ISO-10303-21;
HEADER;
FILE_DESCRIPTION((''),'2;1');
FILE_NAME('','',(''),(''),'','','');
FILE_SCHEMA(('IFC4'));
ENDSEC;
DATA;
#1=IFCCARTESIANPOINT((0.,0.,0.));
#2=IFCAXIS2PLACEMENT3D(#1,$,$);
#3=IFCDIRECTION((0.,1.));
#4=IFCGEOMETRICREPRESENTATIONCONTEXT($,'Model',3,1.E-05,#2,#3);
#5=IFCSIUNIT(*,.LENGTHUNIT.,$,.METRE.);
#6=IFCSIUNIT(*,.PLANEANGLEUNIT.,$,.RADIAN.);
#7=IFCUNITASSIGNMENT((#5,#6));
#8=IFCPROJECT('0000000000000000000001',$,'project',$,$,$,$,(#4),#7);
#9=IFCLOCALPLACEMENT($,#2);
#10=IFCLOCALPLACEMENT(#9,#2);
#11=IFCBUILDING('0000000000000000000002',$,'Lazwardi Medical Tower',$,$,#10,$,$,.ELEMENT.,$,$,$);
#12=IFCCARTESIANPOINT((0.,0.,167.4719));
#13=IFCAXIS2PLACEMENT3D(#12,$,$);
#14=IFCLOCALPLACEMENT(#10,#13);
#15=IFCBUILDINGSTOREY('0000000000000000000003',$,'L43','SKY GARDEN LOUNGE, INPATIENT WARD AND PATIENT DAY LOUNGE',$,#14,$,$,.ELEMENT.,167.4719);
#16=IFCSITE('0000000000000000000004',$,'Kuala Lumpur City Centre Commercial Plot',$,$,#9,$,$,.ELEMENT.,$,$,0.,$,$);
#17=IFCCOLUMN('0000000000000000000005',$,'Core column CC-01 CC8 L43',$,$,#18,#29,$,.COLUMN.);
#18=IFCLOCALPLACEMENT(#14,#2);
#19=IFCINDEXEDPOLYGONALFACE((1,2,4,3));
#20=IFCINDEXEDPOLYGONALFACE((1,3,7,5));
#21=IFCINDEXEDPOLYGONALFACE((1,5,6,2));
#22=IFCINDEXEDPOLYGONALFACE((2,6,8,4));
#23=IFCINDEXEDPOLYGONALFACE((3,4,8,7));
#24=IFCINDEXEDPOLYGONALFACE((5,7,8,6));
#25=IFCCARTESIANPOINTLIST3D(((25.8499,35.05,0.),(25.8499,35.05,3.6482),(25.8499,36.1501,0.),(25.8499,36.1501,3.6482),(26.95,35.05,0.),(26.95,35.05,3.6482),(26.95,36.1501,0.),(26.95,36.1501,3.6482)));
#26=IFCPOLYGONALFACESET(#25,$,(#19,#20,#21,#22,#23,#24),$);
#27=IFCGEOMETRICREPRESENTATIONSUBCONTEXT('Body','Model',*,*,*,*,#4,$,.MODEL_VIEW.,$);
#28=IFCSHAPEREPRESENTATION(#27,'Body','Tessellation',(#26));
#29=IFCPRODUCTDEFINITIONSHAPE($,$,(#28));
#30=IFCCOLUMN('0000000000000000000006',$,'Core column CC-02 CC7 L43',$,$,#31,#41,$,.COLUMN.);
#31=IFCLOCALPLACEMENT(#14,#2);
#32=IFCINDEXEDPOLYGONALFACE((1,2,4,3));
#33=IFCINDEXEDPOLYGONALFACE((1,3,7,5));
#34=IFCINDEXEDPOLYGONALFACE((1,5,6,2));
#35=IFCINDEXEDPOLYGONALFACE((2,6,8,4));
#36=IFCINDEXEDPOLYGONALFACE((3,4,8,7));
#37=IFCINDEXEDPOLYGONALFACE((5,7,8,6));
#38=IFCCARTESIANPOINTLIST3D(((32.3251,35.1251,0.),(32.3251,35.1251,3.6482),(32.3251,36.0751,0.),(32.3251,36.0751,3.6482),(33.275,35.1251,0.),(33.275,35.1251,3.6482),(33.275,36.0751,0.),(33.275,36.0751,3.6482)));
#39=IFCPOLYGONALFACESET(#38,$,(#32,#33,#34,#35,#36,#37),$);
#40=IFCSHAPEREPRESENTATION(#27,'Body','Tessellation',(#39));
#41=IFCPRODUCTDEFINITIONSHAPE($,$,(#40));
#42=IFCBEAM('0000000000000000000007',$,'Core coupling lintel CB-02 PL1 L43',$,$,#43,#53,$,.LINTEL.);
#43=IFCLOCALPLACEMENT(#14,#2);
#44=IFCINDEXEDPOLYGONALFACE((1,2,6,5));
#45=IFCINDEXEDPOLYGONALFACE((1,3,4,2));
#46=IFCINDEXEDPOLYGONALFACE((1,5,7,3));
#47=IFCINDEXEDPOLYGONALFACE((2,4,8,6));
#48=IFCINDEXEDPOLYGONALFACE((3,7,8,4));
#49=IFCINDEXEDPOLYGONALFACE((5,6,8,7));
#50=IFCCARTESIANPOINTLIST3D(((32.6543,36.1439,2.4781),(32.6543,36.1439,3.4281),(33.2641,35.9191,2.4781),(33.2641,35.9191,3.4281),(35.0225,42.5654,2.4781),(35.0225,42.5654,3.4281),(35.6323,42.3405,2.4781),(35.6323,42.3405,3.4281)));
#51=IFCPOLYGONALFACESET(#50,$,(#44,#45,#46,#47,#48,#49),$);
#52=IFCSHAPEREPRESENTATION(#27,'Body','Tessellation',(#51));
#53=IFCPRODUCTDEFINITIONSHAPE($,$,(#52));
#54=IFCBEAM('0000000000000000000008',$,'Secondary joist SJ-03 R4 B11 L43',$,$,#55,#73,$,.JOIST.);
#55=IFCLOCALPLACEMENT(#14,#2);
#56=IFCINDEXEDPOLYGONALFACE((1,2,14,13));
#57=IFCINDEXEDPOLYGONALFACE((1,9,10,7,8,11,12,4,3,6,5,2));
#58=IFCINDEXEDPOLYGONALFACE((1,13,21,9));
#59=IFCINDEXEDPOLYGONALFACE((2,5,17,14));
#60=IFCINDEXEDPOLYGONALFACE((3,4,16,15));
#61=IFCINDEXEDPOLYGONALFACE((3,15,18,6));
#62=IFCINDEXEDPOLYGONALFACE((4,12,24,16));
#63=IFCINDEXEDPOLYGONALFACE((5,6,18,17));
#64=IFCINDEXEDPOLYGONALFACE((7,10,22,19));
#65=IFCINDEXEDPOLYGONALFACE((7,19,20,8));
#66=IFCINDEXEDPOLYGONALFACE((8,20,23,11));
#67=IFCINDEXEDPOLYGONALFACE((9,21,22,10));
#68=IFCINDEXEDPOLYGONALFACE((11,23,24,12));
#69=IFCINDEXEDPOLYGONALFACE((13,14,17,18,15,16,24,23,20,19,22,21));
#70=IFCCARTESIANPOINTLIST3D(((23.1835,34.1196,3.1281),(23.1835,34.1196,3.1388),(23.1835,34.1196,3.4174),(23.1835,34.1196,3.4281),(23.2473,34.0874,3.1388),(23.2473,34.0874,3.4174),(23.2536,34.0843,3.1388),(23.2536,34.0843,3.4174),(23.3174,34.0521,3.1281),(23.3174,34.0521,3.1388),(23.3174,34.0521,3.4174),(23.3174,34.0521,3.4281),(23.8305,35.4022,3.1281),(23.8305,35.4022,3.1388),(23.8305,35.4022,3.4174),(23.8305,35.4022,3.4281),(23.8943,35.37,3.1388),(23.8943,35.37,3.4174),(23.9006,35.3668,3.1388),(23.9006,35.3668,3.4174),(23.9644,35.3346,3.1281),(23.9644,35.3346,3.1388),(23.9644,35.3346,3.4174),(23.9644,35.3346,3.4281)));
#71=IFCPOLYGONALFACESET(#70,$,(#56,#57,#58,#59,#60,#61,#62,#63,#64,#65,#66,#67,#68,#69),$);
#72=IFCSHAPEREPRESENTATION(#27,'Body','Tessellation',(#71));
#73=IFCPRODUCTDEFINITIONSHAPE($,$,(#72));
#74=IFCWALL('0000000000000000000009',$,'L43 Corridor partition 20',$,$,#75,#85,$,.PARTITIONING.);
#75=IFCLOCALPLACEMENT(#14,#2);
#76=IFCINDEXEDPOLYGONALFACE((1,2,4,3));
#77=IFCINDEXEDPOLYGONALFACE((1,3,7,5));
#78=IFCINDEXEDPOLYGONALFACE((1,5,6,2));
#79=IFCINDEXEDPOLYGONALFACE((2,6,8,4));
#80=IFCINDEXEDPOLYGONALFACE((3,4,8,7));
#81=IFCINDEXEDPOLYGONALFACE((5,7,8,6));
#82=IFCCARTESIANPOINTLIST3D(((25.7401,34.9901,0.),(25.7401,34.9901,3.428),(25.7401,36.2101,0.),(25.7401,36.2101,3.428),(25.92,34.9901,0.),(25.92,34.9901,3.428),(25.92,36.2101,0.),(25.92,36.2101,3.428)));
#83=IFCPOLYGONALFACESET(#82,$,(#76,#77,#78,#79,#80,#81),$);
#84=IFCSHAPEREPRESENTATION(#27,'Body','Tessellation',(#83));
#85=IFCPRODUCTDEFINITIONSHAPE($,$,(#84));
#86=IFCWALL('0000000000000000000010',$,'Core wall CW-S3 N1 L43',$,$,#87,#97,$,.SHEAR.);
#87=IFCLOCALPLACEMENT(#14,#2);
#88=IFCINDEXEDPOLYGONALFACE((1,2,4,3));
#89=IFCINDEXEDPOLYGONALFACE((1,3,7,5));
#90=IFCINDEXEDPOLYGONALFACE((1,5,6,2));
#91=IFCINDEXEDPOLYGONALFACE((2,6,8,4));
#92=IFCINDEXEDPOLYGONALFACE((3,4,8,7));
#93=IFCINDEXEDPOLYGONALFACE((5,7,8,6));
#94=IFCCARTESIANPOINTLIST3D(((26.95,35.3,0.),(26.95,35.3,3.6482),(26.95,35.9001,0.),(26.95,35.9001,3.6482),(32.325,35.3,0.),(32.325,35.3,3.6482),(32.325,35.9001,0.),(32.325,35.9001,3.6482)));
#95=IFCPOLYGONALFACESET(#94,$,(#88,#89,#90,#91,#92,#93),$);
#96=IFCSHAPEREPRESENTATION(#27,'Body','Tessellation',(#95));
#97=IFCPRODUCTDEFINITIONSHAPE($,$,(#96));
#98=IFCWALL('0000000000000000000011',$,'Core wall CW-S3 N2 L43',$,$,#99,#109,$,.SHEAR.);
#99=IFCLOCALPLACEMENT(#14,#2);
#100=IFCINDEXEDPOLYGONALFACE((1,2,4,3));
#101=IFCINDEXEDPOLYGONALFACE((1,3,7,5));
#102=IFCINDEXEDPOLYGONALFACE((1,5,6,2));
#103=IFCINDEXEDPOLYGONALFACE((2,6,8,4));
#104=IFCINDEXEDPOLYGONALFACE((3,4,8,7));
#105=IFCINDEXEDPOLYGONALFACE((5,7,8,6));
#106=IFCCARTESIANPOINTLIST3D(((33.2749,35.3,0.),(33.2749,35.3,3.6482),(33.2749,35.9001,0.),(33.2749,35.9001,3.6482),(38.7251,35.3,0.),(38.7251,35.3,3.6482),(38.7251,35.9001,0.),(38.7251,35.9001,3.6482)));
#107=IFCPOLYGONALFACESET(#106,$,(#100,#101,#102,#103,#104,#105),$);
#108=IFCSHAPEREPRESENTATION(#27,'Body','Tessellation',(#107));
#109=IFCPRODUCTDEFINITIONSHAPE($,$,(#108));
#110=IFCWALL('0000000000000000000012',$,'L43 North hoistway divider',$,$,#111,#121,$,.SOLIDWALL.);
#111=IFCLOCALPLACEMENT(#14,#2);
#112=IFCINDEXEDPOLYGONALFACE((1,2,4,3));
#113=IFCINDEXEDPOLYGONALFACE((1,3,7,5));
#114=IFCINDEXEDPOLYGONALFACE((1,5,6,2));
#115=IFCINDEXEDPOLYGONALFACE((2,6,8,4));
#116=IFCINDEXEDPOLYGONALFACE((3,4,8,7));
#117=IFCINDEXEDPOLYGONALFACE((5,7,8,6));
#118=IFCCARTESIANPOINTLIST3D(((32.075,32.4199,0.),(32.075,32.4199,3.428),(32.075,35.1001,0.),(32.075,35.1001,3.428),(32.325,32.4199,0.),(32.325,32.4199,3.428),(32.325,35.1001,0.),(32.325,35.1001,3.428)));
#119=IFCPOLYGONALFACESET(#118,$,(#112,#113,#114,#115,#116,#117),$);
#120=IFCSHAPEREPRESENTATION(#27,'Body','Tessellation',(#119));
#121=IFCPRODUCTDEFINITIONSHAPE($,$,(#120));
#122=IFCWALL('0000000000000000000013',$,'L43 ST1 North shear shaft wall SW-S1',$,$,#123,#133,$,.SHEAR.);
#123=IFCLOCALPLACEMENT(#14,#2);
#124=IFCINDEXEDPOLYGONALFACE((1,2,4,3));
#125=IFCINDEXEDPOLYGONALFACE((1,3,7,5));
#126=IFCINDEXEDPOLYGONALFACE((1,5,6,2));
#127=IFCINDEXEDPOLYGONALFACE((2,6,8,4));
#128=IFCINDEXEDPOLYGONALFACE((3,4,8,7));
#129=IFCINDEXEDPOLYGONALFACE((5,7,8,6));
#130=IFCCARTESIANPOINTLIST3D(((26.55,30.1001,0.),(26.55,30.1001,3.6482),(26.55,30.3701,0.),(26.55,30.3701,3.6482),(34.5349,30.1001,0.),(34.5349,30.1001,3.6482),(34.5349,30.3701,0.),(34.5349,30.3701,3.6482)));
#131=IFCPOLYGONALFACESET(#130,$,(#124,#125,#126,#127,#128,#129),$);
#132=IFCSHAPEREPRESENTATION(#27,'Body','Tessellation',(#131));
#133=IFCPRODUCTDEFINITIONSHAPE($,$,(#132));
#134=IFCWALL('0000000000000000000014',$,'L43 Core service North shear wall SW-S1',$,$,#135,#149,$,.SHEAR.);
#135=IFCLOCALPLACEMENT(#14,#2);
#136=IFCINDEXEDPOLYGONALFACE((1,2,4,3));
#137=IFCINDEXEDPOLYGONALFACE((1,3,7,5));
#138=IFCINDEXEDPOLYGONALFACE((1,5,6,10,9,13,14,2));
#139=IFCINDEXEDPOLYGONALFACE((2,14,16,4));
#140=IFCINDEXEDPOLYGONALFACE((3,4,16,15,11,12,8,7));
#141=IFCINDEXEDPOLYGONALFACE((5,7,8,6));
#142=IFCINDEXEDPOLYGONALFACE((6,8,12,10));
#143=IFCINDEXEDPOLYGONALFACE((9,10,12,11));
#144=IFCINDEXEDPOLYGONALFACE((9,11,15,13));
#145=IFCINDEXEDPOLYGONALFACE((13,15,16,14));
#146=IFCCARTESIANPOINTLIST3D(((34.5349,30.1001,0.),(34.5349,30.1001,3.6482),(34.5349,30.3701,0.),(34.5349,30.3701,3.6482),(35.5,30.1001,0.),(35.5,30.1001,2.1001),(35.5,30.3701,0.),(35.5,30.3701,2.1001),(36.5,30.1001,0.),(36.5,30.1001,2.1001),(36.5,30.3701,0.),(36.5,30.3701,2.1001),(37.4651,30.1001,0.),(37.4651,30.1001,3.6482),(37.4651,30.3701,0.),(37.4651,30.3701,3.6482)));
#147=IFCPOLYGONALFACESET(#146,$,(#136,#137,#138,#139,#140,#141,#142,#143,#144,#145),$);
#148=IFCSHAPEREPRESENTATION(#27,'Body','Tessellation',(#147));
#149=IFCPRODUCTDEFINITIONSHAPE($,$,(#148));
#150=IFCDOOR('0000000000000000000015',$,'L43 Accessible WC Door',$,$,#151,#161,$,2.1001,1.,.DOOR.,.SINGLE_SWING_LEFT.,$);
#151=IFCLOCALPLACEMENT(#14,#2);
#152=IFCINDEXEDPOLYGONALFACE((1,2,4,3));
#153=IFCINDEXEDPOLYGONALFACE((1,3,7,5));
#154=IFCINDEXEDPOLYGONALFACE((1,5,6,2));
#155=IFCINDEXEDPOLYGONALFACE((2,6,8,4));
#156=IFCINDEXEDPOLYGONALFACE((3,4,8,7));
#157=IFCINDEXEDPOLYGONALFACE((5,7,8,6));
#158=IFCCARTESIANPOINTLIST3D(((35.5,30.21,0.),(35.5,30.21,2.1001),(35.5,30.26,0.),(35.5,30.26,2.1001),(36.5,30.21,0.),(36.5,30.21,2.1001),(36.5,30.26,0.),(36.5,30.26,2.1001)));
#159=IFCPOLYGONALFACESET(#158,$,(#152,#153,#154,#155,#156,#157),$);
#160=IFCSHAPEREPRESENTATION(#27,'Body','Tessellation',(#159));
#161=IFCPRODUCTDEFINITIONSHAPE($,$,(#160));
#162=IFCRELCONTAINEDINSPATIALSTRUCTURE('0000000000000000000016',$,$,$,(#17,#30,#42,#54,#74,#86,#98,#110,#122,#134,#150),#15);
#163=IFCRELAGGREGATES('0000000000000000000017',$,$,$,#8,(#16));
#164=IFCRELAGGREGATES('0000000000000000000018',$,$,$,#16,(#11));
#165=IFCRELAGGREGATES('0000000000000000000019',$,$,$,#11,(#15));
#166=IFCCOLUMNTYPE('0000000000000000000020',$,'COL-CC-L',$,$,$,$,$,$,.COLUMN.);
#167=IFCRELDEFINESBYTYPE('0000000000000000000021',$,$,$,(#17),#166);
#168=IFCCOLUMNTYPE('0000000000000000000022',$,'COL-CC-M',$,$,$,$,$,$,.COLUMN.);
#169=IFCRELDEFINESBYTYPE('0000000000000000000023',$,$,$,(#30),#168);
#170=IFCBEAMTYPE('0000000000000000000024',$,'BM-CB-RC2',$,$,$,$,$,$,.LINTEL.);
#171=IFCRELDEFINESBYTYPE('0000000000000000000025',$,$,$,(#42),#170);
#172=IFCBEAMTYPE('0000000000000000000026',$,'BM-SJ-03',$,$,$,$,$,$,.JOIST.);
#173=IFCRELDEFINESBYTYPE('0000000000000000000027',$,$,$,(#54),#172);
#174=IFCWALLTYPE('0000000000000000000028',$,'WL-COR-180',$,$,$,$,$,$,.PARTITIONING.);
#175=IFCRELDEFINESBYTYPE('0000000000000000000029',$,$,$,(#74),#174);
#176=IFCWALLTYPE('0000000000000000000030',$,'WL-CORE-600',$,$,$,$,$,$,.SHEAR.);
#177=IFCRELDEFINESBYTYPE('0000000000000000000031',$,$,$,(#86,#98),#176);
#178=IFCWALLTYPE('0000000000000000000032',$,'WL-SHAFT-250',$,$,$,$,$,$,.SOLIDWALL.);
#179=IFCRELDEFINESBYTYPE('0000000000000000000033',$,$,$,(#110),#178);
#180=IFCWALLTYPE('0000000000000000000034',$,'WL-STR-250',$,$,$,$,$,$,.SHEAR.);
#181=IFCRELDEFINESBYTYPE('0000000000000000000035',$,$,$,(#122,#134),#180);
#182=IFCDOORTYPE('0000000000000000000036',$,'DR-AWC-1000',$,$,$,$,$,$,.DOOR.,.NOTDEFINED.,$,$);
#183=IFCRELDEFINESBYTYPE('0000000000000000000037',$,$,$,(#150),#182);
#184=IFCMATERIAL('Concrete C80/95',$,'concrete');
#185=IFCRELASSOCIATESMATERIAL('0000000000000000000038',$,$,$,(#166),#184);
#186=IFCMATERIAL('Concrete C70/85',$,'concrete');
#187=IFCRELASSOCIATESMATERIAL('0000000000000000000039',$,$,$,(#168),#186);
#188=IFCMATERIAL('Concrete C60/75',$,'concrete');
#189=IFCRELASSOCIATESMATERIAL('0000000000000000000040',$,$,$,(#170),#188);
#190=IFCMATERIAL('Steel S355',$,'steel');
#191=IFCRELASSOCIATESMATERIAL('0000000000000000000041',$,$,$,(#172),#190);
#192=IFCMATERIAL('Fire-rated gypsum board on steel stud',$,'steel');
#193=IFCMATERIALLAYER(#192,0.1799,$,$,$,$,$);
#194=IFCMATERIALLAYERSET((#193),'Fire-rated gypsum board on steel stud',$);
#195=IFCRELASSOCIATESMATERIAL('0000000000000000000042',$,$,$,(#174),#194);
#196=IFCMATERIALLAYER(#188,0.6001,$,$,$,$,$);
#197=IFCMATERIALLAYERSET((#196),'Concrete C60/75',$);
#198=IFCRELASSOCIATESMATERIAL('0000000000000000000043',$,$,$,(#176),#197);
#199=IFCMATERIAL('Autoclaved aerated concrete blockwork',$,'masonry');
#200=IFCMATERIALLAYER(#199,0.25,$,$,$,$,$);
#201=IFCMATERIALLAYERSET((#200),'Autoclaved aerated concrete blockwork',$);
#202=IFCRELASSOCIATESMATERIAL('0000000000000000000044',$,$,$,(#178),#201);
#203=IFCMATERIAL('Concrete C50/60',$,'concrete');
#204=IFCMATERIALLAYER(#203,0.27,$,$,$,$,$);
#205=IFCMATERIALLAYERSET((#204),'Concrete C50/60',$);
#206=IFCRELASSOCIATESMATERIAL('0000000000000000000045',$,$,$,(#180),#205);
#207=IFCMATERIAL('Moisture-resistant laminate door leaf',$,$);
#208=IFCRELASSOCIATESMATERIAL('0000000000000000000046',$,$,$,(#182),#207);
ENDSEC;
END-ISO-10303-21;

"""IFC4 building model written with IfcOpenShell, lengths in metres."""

from ifc_helpers import new_model, si_unit, direction, frame, frame_2d, origin, origin_2d, place, context, subcontext, project, spatial, rectangle, i_section, extrude, material, layer, layer_set, material_profile, profile_set, type_object, element, fill, save


model = new_model("IFC4")

# Units and contexts
model_context = context("Model", 3, precision=1e-05, world=origin(), true_north=direction((0.0, 1.0)))
body_context = subcontext(model_context, "Body", "Model", "MODEL_VIEW")
ifc_project = project(units=[si_unit("LENGTHUNIT", "METRE"), si_unit("PLANEANGLEUNIT", "RADIAN")], contexts=[model_context])

# Site, building, storey
site_placement = place(None, origin())
site = spatial("IfcSite", under=ifc_project, at=site_placement, Name="Kuala Lumpur City Centre Commercial Plot", CompositionType="ELEMENT", RefElevation=0.0)
building_placement = place(site_placement, origin())
building = spatial("IfcBuilding", under=site, at=building_placement, Name="Lazwardi Medical Tower", CompositionType="ELEMENT")
storey_placement = place(building_placement, frame((0.0, 0.0, 167.4719)))
storey = spatial("IfcBuildingStorey", under=building, at=storey_placement, Name="L43", Description="SKY GARDEN LOUNGE, INPATIENT WARD AND PATIENT DAY LOUNGE", CompositionType="ELEMENT", Elevation=167.4719)

# Columns
ifc_material_1 = material(Name="Concrete C80/95", Category="concrete")
ifc_material_profile_1 = material_profile(ifc_material_1, rectangle(XDim=1.1001, YDim=1.1001, at=origin_2d()), Name="RC 1100x1100")
ifc_profile_set_1 = profile_set([ifc_material_profile_1], Name="Concrete C80/95")
column_type_1 = type_object("IfcColumnType", Name="COL-CC-L", PredefinedType="COLUMN", material=ifc_profile_set_1)
column_1_placement = place(storey_placement, frame((26.3999, 35.6001, 0.0), z_axis=(0.0, 0.0, 1.0), x_axis=(1.0, 0.0, 0.0)))
element("IfcColumn", 1, at=column_1_placement, inside=storey, type_object=column_type_1, Name="Core column CC-01 CC8 L43", PredefinedType="COLUMN", context=body_context, shape_type="SweptSolid", body=[
    extrude(rectangle(XDim=1.1001, YDim=1.1001, at=origin_2d()), origin(), (0.0, 0.0, 1.0), 3.6482),
])
ifc_material_2 = material(Name="Concrete C70/85", Category="concrete")
ifc_material_profile_2 = material_profile(ifc_material_2, rectangle(XDim=0.95, YDim=0.95, at=origin_2d()), Name="RC 950x950")
ifc_profile_set_2 = profile_set([ifc_material_profile_2], Name="Concrete C70/85")
column_type_2 = type_object("IfcColumnType", Name="COL-CC-M", PredefinedType="COLUMN", material=ifc_profile_set_2)
column_2_placement = place(storey_placement, frame((32.8, 35.6001, 0.0), z_axis=(0.0, 0.0, 1.0), x_axis=(1.0, 0.0, 0.0)))
element("IfcColumn", 2, at=column_2_placement, inside=storey, type_object=column_type_2, Name="Core column CC-02 CC7 L43", PredefinedType="COLUMN", context=body_context, shape_type="SweptSolid", body=[
    extrude(rectangle(XDim=0.95, YDim=0.95, at=origin_2d()), origin(), (0.0, 0.0, 1.0), 3.6482),
])

# Beams
ifc_material_3 = material(Name="Concrete C60/75", Category="concrete")
ifc_material_profile_3 = material_profile(ifc_material_3, rectangle(XDim=0.6499, YDim=0.95, at=origin_2d()), Name="RC 650x950")
ifc_profile_set_3 = profile_set([ifc_material_profile_3], Name="Concrete C60/75")
beam_type_1 = type_object("IfcBeamType", Name="BM-CB-RC2", PredefinedType="LINTEL", material=ifc_profile_set_3)
beam_1_placement = place(storey_placement, frame((32.9592, 36.0315, 2.9531), z_axis=(0.346013, 0.93823, 0.0), x_axis=(-0.93823, 0.346013, 0.0)))
element("IfcBeam", 3, at=beam_1_placement, inside=storey, type_object=beam_type_1, Name="Core coupling lintel CB-02 PL1 L43", PredefinedType="LINTEL", context=body_context, shape_type="SweptSolid", body=[
    extrude(rectangle(XDim=0.6499, YDim=0.95, at=origin_2d()), origin(), (0.0, 0.0, 1.0), 6.8442),
])
ifc_material_4 = material(Name="Steel S355", Category="steel")
ifc_material_profile_4 = material_profile(ifc_material_4, i_section(OverallWidth=0.1499, OverallDepth=0.3, WebThickness=0.0071, FlangeThickness=0.0107, at=origin_2d()), Name="IPE 300")
ifc_profile_set_4 = profile_set([ifc_material_profile_4], Name="Steel S355")
beam_type_2 = type_object("IfcBeamType", Name="BM-SJ-03", PredefinedType="JOIST", material=ifc_profile_set_4)
beam_2_placement = place(storey_placement, frame((23.8975, 35.3684, 3.2781), z_axis=(-0.450406, -0.892824, 0.0), x_axis=(0.892824, -0.450406, 0.0)))
element("IfcBeam", 4, at=beam_2_placement, inside=storey, type_object=beam_type_2, Name="Secondary joist SJ-03 R4 B11 L43", PredefinedType="JOIST", context=body_context, shape_type="SweptSolid", body=[
    extrude(i_section(OverallWidth=0.1499, OverallDepth=0.3, WebThickness=0.0071, FlangeThickness=0.0107, at=origin_2d()), origin(), (0.0, 0.0, 1.0), 1.4365),
])

# Walls
ifc_material_5 = material(Name="Fire-rated gypsum board on steel stud", Category="steel")
ifc_layer_1 = layer(ifc_material_5, 0.1799)
ifc_layer_set_1 = layer_set([ifc_layer_1], Name="Fire-rated gypsum board on steel stud")
wall_type_1 = type_object("IfcWallType", Name="WL-COR-180", PredefinedType="PARTITIONING", material=ifc_layer_set_1)
wall_1_placement = place(storey_placement, frame((25.8301, 36.21, 0.0), z_axis=(0.0, 0.0, 1.0), x_axis=(0.0, -1.0, 0.0)))
element("IfcWall", 5, at=wall_1_placement, inside=storey, type_object=wall_type_1, Name="L43 Corridor partition 20", PredefinedType="PARTITIONING", context=body_context, shape_type="SweptSolid", body=[
    extrude(rectangle(XDim=1.22, YDim=0.1799, at=frame_2d((0.6099, 0.0))), origin(), (0.0, 0.0, 1.0), 3.428),
])
ifc_layer_2 = layer(ifc_material_3, 0.6001)
ifc_layer_set_2 = layer_set([ifc_layer_2], Name="Concrete C60/75")
wall_type_2 = type_object("IfcWallType", Name="WL-CORE-600", PredefinedType="SHEAR", material=ifc_layer_set_2)
wall_2_placement = place(storey_placement, frame((26.95, 35.6001, 0.0), z_axis=(0.0, 0.0, 1.0), x_axis=(1.0, 0.0, 0.0)))
element("IfcWall", 6, at=wall_2_placement, inside=storey, type_object=wall_type_2, Name="Core wall CW-S3 N1 L43", PredefinedType="SHEAR", context=body_context, shape_type="SweptSolid", body=[
    extrude(rectangle(XDim=5.375, YDim=0.6001, at=frame_2d((2.6875, 0.0))), origin(), (0.0, 0.0, 1.0), 3.6482),
])
wall_3_placement = place(storey_placement, frame((33.2749, 35.6001, 0.0), z_axis=(0.0, 0.0, 1.0), x_axis=(1.0, 0.0, 0.0)))
element("IfcWall", 7, at=wall_3_placement, inside=storey, type_object=wall_type_2, Name="Core wall CW-S3 N2 L43", PredefinedType="SHEAR", context=body_context, shape_type="SweptSolid", body=[
    extrude(rectangle(XDim=5.4502, YDim=0.6001, at=frame_2d((2.7251, 0.0))), origin(), (0.0, 0.0, 1.0), 3.6482),
])
ifc_material_6 = material(Name="Autoclaved aerated concrete blockwork", Category="masonry")
ifc_layer_3 = layer(ifc_material_6, 0.25)
ifc_layer_set_3 = layer_set([ifc_layer_3], Name="Autoclaved aerated concrete blockwork")
wall_type_3 = type_object("IfcWallType", Name="WL-SHAFT-250", PredefinedType="SOLIDWALL", material=ifc_layer_set_3)
wall_4_placement = place(storey_placement, frame((32.2, 32.4199, 0.0), z_axis=(0.0, 0.0, 1.0), x_axis=(0.0, 1.0, 0.0)))
element("IfcWall", 8, at=wall_4_placement, inside=storey, type_object=wall_type_3, Name="L43 North hoistway divider", PredefinedType="SOLIDWALL", context=body_context, shape_type="SweptSolid", body=[
    extrude(rectangle(XDim=2.6802, YDim=0.25, at=frame_2d((1.3401, 0.0))), origin(), (0.0, 0.0, 1.0), 3.428),
])
ifc_material_7 = material(Name="Concrete C50/60", Category="concrete")
ifc_layer_4 = layer(ifc_material_7, 0.27)
ifc_layer_set_4 = layer_set([ifc_layer_4], Name="Concrete C50/60")
wall_type_4 = type_object("IfcWallType", Name="WL-STR-250", PredefinedType="SHEAR", material=ifc_layer_set_4)
wall_5_placement = place(storey_placement, frame((26.55, 30.2351, 0.0), z_axis=(0.0, 0.0, 1.0), x_axis=(1.0, 0.0, 0.0)))
element("IfcWall", 9, at=wall_5_placement, inside=storey, type_object=wall_type_4, Name="L43 ST1 North shear shaft wall SW-S1", PredefinedType="SHEAR", context=body_context, shape_type="SweptSolid", body=[
    extrude(rectangle(XDim=7.9849, YDim=0.27, at=frame_2d((3.9924, 0.0))), origin(), (0.0, 0.0, 1.0), 3.6482),
])

# Wall, opening, door
wall_6_placement = place(storey_placement, frame((34.5349, 30.2351, 0.0), z_axis=(0.0, 0.0, 1.0), x_axis=(1.0, 0.0, 0.0)))
wall_6 = element("IfcWall", 10, at=wall_6_placement, inside=storey, type_object=wall_type_4, Name="L43 Core service North shear wall SW-S1", PredefinedType="SHEAR", context=body_context, shape_type="SweptSolid", body=[
    extrude(rectangle(XDim=2.9302, YDim=0.27, at=frame_2d((1.4651, 0.0))), origin(), (0.0, 0.0, 1.0), 3.6482),
])
opening_1_placement = place(wall_6_placement, frame((0.9651, 0.0, 0.0)))
opening_1 = element("IfcOpeningElement", 11, at=opening_1_placement, cuts=wall_6, PredefinedType="OPENING", context=body_context, shape_type="SweptSolid", body=[
    extrude(rectangle(XDim=1.0, YDim=2.1001, at=frame_2d((0.5, 1.05))), frame((0.0, 0.145, 0.0), z_axis=(0.0, -1.0, 0.0), x_axis=(1.0, 0.0, 0.0)), (0.0, 0.0, 1.0), 0.29),
])
ifc_material_8 = material(Name="Moisture-resistant laminate door leaf")
door_type_1 = type_object("IfcDoorType", Name="DR-AWC-1000", OperationType="NOTDEFINED", PredefinedType="DOOR", material=ifc_material_8)
door_1_placement = place(opening_1_placement, origin())
door_1 = element("IfcDoor", 12, at=door_1_placement, inside=storey, type_object=door_type_1, Name="L43 Accessible WC Door", OperationType="SINGLE_SWING_LEFT", OverallHeight=2.1001, OverallWidth=1.0, PredefinedType="DOOR", context=body_context, shape_type="SweptSolid", body=[
    extrude(rectangle(XDim=1.0, YDim=2.1001, at=frame_2d((0.5, 1.05))), frame((0.0, 0.0249, 0.0), z_axis=(0.0, -1.0, 0.0), x_axis=(1.0, 0.0, 0.0)), (0.0, 0.0, 1.0), 0.05),
])
fill(opening_1, door_1)

save(model, "model.ifc")
